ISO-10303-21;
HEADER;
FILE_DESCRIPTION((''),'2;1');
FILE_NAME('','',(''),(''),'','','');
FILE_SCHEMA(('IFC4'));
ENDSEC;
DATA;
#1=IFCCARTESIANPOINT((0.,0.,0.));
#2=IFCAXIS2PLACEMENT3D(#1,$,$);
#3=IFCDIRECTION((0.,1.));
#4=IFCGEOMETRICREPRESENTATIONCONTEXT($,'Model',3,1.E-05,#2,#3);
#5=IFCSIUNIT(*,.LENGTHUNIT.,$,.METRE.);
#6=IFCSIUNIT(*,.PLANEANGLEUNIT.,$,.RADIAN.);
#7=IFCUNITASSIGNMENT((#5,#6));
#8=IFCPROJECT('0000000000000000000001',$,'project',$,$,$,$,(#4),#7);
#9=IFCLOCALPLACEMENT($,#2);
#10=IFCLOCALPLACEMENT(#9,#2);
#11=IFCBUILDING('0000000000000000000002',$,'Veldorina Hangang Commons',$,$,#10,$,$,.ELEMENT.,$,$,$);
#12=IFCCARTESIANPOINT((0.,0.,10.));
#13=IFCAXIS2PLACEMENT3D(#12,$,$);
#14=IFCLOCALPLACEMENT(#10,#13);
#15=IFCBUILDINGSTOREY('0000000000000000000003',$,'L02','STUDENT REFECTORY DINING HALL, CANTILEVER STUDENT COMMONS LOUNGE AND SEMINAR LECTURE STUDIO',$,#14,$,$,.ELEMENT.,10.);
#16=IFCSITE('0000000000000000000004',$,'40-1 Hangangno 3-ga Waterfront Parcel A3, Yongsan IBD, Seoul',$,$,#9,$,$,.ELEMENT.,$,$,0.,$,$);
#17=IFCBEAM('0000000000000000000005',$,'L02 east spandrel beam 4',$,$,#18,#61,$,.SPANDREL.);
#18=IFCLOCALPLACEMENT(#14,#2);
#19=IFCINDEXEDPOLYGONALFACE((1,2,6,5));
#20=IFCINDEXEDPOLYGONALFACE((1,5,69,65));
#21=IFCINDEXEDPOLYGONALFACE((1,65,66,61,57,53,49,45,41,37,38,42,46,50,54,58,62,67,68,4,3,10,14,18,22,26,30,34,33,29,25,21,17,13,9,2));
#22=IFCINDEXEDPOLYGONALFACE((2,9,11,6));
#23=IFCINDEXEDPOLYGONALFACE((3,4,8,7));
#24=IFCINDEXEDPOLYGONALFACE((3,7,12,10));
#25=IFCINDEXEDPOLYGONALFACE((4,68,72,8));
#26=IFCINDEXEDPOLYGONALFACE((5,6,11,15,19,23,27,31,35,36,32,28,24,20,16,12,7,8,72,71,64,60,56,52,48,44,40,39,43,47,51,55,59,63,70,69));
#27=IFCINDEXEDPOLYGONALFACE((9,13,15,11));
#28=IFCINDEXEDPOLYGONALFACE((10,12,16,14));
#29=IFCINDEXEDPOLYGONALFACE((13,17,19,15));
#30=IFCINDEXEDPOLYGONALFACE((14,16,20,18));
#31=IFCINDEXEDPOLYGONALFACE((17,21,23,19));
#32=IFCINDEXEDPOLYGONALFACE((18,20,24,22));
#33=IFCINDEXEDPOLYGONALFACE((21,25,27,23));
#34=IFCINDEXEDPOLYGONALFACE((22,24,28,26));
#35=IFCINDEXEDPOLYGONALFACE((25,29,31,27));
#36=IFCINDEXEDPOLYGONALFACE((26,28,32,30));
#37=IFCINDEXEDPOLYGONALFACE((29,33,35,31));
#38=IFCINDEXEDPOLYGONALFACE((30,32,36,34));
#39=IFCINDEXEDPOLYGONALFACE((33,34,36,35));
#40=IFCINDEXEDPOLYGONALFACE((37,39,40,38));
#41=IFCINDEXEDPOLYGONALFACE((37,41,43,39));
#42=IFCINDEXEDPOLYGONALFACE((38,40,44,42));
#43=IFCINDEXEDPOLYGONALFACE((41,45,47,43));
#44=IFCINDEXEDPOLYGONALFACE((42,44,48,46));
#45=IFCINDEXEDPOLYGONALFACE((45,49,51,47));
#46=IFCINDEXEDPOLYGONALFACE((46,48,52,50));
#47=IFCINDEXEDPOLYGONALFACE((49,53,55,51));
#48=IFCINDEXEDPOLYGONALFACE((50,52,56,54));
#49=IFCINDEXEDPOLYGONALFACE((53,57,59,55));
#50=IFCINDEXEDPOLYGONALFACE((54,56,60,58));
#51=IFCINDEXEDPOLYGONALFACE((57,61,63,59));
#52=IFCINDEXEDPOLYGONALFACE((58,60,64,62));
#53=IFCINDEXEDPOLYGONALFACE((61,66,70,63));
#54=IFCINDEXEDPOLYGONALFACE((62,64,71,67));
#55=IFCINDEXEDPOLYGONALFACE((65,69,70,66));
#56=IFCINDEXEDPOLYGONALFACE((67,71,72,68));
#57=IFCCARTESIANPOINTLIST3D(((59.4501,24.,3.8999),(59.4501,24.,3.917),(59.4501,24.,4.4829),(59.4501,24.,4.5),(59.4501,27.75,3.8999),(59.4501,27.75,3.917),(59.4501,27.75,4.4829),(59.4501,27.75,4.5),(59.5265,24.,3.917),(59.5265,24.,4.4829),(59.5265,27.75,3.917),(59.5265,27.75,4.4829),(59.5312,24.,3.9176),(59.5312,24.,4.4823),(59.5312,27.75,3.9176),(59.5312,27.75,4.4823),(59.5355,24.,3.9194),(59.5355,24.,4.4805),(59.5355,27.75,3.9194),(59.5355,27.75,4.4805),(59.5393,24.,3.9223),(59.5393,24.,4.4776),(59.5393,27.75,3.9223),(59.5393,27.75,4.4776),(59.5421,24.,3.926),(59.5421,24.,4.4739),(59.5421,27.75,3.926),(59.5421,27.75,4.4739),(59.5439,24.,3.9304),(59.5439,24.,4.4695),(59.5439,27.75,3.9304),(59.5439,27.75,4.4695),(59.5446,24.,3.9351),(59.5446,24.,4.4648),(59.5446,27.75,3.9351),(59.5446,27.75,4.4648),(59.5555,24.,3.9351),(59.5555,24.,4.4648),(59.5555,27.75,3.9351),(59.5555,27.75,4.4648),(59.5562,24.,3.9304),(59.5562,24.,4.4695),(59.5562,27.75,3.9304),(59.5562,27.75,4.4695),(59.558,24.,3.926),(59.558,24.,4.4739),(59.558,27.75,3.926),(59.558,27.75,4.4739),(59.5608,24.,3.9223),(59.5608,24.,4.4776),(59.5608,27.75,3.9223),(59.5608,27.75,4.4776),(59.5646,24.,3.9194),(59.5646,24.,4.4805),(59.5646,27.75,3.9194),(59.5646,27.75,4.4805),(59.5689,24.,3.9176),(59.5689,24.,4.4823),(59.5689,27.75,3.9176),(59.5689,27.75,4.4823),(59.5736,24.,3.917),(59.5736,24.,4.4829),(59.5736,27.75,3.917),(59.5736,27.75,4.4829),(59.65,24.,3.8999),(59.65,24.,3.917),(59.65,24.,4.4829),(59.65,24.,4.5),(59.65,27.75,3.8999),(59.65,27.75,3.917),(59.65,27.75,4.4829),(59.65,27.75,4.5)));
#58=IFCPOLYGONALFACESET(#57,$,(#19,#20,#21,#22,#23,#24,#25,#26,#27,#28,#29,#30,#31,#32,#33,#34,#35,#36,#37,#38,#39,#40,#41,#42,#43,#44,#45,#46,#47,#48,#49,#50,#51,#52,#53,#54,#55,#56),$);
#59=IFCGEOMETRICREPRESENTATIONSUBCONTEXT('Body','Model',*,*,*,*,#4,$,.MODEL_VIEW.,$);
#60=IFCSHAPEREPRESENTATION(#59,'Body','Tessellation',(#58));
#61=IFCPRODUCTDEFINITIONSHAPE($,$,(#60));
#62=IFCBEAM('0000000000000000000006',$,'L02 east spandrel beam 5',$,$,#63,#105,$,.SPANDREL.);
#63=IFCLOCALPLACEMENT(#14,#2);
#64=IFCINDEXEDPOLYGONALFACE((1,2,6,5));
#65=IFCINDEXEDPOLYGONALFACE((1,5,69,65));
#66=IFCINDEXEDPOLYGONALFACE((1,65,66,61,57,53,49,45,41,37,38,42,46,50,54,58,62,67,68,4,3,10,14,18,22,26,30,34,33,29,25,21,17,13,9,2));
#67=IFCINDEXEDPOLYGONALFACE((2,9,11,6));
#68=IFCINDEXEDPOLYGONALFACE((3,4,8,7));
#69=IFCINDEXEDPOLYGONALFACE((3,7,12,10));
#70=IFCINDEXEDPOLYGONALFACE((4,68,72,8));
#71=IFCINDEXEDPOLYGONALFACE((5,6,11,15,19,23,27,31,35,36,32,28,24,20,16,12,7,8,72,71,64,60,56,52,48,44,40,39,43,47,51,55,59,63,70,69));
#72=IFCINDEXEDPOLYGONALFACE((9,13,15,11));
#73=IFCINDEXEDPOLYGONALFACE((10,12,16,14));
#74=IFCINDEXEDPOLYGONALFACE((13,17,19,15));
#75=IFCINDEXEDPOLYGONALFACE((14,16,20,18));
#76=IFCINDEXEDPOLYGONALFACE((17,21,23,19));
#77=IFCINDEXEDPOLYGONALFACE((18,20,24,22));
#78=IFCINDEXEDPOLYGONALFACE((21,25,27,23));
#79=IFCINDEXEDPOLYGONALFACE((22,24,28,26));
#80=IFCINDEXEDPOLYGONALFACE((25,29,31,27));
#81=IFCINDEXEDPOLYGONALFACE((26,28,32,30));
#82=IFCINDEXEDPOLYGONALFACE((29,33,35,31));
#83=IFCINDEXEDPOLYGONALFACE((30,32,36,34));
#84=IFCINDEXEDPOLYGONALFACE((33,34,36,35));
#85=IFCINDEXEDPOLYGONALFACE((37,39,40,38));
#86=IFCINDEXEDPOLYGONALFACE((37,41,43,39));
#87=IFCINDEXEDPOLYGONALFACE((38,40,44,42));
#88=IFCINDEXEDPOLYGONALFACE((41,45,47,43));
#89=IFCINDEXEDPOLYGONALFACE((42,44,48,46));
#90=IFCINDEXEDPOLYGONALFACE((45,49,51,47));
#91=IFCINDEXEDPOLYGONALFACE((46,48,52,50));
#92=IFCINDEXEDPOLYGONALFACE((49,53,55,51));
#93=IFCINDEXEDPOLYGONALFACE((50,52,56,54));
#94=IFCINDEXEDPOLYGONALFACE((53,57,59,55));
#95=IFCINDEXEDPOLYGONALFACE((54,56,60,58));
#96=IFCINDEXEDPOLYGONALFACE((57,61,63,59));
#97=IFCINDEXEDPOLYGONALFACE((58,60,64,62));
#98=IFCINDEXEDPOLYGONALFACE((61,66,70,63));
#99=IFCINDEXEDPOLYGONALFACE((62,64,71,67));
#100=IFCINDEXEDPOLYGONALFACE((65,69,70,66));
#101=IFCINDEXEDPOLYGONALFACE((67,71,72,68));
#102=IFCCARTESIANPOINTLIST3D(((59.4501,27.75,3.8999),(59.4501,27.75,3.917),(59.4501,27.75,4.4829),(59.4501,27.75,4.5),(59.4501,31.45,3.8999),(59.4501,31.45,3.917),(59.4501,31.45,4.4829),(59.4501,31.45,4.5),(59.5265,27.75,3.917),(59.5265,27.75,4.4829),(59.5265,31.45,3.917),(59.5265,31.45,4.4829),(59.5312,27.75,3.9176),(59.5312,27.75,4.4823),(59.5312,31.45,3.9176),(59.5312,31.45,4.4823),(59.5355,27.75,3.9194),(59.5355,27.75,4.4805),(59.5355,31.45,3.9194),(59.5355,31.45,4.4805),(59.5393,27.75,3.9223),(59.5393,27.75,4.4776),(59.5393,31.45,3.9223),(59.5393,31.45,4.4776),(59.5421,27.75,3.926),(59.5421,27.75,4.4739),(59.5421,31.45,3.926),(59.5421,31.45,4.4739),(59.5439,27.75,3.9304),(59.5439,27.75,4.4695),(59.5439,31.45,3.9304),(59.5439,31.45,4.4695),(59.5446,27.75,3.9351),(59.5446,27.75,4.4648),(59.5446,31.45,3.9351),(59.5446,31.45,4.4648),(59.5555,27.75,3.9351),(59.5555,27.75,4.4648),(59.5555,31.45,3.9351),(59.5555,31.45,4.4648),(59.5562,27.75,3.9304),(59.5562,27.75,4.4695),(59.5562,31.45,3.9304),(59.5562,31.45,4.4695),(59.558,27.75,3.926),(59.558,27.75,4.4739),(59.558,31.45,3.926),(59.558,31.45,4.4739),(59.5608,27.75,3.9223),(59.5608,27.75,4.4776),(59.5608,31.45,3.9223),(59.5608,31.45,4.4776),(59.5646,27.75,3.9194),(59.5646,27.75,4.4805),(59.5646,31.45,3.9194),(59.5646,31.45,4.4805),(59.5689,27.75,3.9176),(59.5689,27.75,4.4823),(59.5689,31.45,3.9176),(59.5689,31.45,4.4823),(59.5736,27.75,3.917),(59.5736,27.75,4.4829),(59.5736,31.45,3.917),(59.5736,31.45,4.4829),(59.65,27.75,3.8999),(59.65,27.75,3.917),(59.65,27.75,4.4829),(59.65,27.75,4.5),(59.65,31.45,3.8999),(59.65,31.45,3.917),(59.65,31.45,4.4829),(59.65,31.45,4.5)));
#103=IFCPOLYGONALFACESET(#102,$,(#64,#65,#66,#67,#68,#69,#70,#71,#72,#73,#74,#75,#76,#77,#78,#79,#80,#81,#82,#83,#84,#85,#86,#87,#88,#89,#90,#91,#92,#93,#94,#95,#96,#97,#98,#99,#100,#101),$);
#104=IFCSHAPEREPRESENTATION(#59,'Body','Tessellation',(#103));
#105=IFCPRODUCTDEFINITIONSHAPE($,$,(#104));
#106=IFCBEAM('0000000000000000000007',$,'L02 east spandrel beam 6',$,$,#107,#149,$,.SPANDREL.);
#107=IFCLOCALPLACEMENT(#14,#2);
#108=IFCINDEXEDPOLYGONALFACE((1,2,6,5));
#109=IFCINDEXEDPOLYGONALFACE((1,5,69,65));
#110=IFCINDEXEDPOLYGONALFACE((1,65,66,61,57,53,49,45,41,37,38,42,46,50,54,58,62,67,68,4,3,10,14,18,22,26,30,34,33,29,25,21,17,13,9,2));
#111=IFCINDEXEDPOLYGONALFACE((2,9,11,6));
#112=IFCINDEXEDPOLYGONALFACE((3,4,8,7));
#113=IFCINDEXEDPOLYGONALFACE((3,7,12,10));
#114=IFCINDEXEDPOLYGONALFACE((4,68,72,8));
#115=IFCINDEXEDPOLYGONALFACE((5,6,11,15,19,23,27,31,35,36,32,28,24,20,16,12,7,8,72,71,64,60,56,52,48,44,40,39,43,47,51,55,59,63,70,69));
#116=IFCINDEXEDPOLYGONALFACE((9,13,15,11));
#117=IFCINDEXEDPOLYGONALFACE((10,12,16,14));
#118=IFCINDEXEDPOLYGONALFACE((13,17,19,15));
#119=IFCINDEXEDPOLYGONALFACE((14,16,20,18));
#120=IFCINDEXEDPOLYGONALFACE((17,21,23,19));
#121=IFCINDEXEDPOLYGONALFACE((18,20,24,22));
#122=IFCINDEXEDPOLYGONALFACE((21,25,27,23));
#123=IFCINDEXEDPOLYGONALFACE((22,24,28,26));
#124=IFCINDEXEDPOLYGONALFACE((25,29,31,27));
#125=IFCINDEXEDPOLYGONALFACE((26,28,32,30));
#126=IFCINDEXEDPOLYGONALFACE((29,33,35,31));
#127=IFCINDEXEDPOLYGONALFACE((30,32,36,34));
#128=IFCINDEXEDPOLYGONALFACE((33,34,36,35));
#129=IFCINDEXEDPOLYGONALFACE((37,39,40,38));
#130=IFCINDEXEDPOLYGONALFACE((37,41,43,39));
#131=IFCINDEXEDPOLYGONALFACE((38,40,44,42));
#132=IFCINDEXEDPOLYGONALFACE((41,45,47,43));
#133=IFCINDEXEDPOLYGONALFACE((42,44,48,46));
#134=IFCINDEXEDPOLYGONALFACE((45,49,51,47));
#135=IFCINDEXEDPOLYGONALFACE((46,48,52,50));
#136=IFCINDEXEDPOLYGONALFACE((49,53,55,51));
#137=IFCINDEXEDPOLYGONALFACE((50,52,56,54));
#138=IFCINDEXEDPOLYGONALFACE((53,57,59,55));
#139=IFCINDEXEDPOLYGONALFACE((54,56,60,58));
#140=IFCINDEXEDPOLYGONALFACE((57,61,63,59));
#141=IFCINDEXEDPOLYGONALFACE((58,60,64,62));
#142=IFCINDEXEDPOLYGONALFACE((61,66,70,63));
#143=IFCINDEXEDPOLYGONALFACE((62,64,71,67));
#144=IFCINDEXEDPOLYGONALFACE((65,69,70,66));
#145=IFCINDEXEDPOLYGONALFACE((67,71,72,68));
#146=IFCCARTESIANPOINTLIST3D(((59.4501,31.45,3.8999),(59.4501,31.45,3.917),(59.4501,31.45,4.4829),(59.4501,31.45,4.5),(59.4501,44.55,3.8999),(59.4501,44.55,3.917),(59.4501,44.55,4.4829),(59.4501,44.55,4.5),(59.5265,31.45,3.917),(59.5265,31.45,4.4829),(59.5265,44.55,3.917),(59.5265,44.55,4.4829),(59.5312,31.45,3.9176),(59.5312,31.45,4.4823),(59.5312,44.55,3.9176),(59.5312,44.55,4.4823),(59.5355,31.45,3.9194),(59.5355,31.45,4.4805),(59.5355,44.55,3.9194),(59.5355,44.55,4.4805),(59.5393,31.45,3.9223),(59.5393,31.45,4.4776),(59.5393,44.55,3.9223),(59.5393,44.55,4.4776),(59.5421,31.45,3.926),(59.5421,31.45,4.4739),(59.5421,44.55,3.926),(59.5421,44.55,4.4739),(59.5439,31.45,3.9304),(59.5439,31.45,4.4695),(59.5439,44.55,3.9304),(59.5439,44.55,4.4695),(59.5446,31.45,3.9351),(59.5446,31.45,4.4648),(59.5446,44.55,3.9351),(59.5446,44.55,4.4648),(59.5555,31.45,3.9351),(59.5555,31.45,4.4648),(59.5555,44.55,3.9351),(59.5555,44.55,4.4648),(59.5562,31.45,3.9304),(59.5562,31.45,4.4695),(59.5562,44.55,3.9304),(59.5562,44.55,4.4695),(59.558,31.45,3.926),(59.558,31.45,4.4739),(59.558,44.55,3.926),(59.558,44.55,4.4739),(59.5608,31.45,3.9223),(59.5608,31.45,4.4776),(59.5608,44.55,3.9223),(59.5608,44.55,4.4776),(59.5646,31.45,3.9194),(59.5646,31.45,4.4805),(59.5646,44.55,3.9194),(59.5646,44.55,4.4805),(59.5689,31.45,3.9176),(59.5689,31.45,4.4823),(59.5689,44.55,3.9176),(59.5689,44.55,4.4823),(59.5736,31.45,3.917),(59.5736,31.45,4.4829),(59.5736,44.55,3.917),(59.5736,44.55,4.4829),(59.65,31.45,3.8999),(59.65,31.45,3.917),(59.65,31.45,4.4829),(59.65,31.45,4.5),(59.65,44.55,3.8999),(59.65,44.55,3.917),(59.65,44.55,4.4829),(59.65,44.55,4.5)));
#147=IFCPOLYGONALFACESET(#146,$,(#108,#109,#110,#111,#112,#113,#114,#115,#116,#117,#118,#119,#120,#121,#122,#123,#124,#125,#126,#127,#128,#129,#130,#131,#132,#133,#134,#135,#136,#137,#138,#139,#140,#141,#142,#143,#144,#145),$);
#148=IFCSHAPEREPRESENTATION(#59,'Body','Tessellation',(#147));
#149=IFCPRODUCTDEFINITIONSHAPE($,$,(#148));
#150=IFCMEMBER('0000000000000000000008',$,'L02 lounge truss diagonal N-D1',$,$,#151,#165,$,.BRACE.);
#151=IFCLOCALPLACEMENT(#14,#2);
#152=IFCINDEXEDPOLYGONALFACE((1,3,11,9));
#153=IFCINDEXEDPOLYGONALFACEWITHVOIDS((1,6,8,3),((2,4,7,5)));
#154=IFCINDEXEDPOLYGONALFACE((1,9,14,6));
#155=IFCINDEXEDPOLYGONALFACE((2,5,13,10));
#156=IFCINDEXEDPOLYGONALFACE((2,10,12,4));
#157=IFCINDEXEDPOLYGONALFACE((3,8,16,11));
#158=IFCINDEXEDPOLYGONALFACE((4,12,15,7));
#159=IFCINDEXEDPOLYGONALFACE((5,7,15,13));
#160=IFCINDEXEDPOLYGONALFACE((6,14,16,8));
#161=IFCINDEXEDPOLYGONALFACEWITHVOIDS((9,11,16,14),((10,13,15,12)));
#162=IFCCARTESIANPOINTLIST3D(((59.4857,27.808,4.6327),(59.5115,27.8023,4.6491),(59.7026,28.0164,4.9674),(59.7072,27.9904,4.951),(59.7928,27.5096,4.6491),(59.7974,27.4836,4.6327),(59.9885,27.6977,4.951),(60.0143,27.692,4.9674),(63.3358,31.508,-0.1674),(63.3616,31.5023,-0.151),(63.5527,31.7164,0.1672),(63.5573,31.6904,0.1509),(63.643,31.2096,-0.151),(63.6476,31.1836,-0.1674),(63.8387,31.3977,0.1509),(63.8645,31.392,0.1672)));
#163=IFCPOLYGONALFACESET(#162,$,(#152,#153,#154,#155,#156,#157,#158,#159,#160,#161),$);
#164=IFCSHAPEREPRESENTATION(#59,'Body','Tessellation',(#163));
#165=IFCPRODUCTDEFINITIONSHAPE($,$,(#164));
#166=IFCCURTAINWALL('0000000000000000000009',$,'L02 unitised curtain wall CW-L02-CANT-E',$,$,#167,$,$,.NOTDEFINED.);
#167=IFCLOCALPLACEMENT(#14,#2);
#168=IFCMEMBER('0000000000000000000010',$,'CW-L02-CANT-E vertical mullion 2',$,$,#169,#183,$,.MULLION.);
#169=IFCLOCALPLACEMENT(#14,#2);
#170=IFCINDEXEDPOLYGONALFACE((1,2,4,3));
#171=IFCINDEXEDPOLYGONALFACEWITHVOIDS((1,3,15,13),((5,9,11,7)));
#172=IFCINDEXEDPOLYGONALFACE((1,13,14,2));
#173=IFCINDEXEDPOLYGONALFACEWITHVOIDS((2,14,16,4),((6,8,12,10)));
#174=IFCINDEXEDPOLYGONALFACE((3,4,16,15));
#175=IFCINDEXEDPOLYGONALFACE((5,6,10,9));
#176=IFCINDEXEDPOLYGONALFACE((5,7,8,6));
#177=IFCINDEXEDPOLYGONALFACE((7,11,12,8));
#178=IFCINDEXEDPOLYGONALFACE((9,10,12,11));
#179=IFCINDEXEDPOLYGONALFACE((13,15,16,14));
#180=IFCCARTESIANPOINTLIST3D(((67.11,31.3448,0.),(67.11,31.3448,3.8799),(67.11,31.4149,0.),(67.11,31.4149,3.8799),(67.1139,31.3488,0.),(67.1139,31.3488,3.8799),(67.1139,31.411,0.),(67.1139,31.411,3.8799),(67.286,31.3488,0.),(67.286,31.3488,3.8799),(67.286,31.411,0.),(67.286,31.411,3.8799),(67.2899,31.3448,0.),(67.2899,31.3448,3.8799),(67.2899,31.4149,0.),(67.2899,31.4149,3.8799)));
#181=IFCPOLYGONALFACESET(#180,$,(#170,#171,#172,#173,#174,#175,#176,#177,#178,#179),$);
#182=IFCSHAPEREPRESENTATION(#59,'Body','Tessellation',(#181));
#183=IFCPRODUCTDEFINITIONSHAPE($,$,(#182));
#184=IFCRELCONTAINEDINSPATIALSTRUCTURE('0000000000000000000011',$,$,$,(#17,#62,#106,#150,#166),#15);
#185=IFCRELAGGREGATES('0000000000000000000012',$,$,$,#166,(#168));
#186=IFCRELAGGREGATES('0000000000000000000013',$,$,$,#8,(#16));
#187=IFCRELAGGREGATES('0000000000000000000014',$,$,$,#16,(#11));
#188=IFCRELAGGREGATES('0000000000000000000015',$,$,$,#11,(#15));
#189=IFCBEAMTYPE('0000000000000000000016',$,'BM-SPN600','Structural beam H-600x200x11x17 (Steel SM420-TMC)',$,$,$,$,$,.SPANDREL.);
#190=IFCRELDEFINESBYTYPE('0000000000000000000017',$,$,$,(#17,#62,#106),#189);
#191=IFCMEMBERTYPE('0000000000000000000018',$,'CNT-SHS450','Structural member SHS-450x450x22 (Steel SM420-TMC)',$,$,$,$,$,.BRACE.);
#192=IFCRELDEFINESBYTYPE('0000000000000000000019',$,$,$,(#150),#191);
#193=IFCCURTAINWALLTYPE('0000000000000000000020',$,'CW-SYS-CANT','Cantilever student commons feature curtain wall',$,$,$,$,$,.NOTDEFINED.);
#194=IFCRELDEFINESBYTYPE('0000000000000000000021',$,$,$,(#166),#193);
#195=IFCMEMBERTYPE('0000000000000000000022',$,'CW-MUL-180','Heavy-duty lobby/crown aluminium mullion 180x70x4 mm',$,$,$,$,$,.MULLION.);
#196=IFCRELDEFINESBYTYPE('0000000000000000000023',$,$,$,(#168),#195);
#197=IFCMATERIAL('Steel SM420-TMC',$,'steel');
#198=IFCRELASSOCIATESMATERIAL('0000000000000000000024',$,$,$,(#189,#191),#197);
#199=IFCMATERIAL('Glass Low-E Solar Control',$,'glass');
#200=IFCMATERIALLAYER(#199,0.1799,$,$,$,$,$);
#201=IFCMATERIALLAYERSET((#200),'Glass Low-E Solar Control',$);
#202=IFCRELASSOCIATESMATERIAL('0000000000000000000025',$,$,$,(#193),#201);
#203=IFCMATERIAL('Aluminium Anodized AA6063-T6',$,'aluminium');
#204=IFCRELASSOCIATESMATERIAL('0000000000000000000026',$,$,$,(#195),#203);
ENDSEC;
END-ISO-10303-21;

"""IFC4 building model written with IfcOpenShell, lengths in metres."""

from ifc_helpers import new_model, si_unit, direction, frame, origin, origin_2d, place, context, subcontext, project, spatial, hollow_rectangle, i_section, extrude, material, layer, layer_set, material_profile, profile_set, type_object, element, aggregate, save


model = new_model("IFC4")

# Units and contexts
model_context = context("Model", 3, precision=1e-05, world=origin(), true_north=direction((0.0, 1.0)))
body_context = subcontext(model_context, "Body", "Model", "MODEL_VIEW")
ifc_project = project(units=[si_unit("LENGTHUNIT", "METRE"), si_unit("PLANEANGLEUNIT", "RADIAN")], contexts=[model_context])

# Site, building, storey
site_placement = place(None, origin())
site = spatial("IfcSite", under=ifc_project, at=site_placement, Name="40-1 Hangangno 3-ga Waterfront Parcel A3, Yongsan IBD, Seoul", CompositionType="ELEMENT", RefElevation=0.0)
building_placement = place(site_placement, origin())
building = spatial("IfcBuilding", under=site, at=building_placement, Name="Veldorina Hangang Commons", CompositionType="ELEMENT")
storey_placement = place(building_placement, frame((0.0, 0.0, 10.0)))
storey = spatial("IfcBuildingStorey", under=building, at=storey_placement, Name="L02", Description="STUDENT REFECTORY DINING HALL, CANTILEVER STUDENT COMMONS LOUNGE AND SEMINAR LECTURE STUDIO", CompositionType="ELEMENT", Elevation=10.0)

# Shared definitions
ifc_material_1 = material(Name="Steel SM420-TMC", Category="steel")

# Beams
ifc_material_profile_1 = material_profile(ifc_material_1, i_section(OverallWidth=0.2, OverallDepth=0.6001, WebThickness=0.011, FlangeThickness=0.0171, FilletRadius=0.0181, at=origin_2d()), Name="H-600x200x11x17")
ifc_profile_set_1 = profile_set([ifc_material_profile_1], Name="Steel SM420-TMC")
beam_type_1 = type_object("IfcBeamType", Name="BM-SPN600", Description="Structural beam H-600x200x11x17 (Steel SM420-TMC)", PredefinedType="SPANDREL", material=ifc_profile_set_1)
beam_1_placement = place(storey_placement, frame((59.55, 24.0, 4.2), z_axis=(0.0, 1.0, 0.0), x_axis=(-1.0, 0.0, 0.0)))
element("IfcBeam", 1, at=beam_1_placement, inside=storey, type_object=beam_type_1, Name="L02 east spandrel beam 4", PredefinedType="SPANDREL", context=body_context, shape_type="SweptSolid", body=[
    extrude(i_section(OverallWidth=0.2, OverallDepth=0.6001, WebThickness=0.011, FlangeThickness=0.0171, FilletRadius=0.0181, at=origin_2d()), origin(), (0.0, 0.0, 1.0), 3.75),
])
beam_2_placement = place(storey_placement, frame((59.55, 27.75, 4.2), z_axis=(0.0, 1.0, 0.0), x_axis=(-1.0, 0.0, 0.0)))
element("IfcBeam", 2, at=beam_2_placement, inside=storey, type_object=beam_type_1, Name="L02 east spandrel beam 5", PredefinedType="SPANDREL", context=body_context, shape_type="SweptSolid", body=[
    extrude(i_section(OverallWidth=0.2, OverallDepth=0.6001, WebThickness=0.011, FlangeThickness=0.0171, FilletRadius=0.0181, at=origin_2d()), origin(), (0.0, 0.0, 1.0), 3.7),
])
beam_3_placement = place(storey_placement, frame((59.55, 31.45, 4.2), z_axis=(0.0, 1.0, 0.0), x_axis=(-1.0, 0.0, 0.0)))
element("IfcBeam", 3, at=beam_3_placement, inside=storey, type_object=beam_type_1, Name="L02 east spandrel beam 6", PredefinedType="SPANDREL", context=body_context, shape_type="SweptSolid", body=[
    extrude(i_section(OverallWidth=0.2, OverallDepth=0.6001, WebThickness=0.011, FlangeThickness=0.0171, FilletRadius=0.0181, at=origin_2d()), origin(), (0.0, 0.0, 1.0), 13.1001),
])

# Member
ifc_material_profile_2 = material_profile(ifc_material_1, hollow_rectangle(XDim=0.45, YDim=0.45, WallThickness=0.022, at=origin_2d()), Name="SHS-450x450x22")
ifc_profile_set_2 = profile_set([ifc_material_profile_2], Name="Steel SM420-TMC")
member_type_1 = type_object("IfcMemberType", Name="CNT-SHS450", Description="Structural member SHS-450x450x22 (Steel SM420-TMC)", PredefinedType="BRACE", material=ifc_profile_set_2)
member_1_placement = place(storey_placement, frame((59.75, 27.75, 4.8), z_axis=(0.53622, 0.515309, -0.668524), x_axis=(-0.692908, 0.721026, 0.0)))
element("IfcMember", 4, at=member_1_placement, inside=storey, type_object=member_type_1, Name="L02 lounge truss diagonal N-D1", PredefinedType="BRACE", context=body_context, shape_type="SweptSolid", body=[
    extrude(hollow_rectangle(XDim=0.45, YDim=0.45, WallThickness=0.022, at=origin_2d()), origin(), (0.0, 0.0, 1.0), 7.1802),
])

# Curtain wall, member
ifc_material_2 = material(Name="Glass Low-E Solar Control", Category="glass")
ifc_layer_1 = layer(ifc_material_2, 0.1799)
ifc_layer_set_1 = layer_set([ifc_layer_1], Name="Glass Low-E Solar Control")
curtain_wall_type = type_object("IfcCurtainWallType", Name="CW-SYS-CANT", Description="Cantilever student commons feature curtain wall", PredefinedType="NOTDEFINED", material=ifc_layer_set_1)
curtain_wall_1_placement = place(storey_placement, origin())
curtain_wall_1 = element("IfcCurtainWall", 5, at=curtain_wall_1_placement, inside=storey, type_object=curtain_wall_type, Name="L02 unitised curtain wall CW-L02-CANT-E", PredefinedType="NOTDEFINED")
ifc_material_3 = material(Name="Aluminium Anodized AA6063-T6", Category="aluminium")
ifc_material_profile_3 = material_profile(ifc_material_3, hollow_rectangle(XDim=0.0701, YDim=0.1799, WallThickness=0.0039, at=origin_2d()), Name="ALU-RHS-180x70x4")
ifc_profile_set_3 = profile_set([ifc_material_profile_3], Name="Aluminium Anodized AA6063-T6")
member_type_2 = type_object("IfcMemberType", Name="CW-MUL-180", Description="Heavy-duty lobby/crown aluminium mullion 180x70x4 mm", PredefinedType="MULLION", material=ifc_profile_set_3)
member_2_placement = place(storey_placement, frame((67.2, 31.3799, 0.0), z_axis=(0.0, 0.0, 1.0), x_axis=(0.0, -1.0, 0.0)))
member_2 = element("IfcMember", 6, at=member_2_placement, type_object=member_type_2, Name="CW-L02-CANT-E vertical mullion 2", PredefinedType="MULLION", context=body_context, shape_type="SweptSolid", body=[
    extrude(hollow_rectangle(XDim=0.0701, YDim=0.1799, WallThickness=0.0039, at=origin_2d()), origin(), (0.0, 0.0, 1.0), 3.8799),
])

aggregate(curtain_wall_1, [member_2])

save(model, "model.ifc")
